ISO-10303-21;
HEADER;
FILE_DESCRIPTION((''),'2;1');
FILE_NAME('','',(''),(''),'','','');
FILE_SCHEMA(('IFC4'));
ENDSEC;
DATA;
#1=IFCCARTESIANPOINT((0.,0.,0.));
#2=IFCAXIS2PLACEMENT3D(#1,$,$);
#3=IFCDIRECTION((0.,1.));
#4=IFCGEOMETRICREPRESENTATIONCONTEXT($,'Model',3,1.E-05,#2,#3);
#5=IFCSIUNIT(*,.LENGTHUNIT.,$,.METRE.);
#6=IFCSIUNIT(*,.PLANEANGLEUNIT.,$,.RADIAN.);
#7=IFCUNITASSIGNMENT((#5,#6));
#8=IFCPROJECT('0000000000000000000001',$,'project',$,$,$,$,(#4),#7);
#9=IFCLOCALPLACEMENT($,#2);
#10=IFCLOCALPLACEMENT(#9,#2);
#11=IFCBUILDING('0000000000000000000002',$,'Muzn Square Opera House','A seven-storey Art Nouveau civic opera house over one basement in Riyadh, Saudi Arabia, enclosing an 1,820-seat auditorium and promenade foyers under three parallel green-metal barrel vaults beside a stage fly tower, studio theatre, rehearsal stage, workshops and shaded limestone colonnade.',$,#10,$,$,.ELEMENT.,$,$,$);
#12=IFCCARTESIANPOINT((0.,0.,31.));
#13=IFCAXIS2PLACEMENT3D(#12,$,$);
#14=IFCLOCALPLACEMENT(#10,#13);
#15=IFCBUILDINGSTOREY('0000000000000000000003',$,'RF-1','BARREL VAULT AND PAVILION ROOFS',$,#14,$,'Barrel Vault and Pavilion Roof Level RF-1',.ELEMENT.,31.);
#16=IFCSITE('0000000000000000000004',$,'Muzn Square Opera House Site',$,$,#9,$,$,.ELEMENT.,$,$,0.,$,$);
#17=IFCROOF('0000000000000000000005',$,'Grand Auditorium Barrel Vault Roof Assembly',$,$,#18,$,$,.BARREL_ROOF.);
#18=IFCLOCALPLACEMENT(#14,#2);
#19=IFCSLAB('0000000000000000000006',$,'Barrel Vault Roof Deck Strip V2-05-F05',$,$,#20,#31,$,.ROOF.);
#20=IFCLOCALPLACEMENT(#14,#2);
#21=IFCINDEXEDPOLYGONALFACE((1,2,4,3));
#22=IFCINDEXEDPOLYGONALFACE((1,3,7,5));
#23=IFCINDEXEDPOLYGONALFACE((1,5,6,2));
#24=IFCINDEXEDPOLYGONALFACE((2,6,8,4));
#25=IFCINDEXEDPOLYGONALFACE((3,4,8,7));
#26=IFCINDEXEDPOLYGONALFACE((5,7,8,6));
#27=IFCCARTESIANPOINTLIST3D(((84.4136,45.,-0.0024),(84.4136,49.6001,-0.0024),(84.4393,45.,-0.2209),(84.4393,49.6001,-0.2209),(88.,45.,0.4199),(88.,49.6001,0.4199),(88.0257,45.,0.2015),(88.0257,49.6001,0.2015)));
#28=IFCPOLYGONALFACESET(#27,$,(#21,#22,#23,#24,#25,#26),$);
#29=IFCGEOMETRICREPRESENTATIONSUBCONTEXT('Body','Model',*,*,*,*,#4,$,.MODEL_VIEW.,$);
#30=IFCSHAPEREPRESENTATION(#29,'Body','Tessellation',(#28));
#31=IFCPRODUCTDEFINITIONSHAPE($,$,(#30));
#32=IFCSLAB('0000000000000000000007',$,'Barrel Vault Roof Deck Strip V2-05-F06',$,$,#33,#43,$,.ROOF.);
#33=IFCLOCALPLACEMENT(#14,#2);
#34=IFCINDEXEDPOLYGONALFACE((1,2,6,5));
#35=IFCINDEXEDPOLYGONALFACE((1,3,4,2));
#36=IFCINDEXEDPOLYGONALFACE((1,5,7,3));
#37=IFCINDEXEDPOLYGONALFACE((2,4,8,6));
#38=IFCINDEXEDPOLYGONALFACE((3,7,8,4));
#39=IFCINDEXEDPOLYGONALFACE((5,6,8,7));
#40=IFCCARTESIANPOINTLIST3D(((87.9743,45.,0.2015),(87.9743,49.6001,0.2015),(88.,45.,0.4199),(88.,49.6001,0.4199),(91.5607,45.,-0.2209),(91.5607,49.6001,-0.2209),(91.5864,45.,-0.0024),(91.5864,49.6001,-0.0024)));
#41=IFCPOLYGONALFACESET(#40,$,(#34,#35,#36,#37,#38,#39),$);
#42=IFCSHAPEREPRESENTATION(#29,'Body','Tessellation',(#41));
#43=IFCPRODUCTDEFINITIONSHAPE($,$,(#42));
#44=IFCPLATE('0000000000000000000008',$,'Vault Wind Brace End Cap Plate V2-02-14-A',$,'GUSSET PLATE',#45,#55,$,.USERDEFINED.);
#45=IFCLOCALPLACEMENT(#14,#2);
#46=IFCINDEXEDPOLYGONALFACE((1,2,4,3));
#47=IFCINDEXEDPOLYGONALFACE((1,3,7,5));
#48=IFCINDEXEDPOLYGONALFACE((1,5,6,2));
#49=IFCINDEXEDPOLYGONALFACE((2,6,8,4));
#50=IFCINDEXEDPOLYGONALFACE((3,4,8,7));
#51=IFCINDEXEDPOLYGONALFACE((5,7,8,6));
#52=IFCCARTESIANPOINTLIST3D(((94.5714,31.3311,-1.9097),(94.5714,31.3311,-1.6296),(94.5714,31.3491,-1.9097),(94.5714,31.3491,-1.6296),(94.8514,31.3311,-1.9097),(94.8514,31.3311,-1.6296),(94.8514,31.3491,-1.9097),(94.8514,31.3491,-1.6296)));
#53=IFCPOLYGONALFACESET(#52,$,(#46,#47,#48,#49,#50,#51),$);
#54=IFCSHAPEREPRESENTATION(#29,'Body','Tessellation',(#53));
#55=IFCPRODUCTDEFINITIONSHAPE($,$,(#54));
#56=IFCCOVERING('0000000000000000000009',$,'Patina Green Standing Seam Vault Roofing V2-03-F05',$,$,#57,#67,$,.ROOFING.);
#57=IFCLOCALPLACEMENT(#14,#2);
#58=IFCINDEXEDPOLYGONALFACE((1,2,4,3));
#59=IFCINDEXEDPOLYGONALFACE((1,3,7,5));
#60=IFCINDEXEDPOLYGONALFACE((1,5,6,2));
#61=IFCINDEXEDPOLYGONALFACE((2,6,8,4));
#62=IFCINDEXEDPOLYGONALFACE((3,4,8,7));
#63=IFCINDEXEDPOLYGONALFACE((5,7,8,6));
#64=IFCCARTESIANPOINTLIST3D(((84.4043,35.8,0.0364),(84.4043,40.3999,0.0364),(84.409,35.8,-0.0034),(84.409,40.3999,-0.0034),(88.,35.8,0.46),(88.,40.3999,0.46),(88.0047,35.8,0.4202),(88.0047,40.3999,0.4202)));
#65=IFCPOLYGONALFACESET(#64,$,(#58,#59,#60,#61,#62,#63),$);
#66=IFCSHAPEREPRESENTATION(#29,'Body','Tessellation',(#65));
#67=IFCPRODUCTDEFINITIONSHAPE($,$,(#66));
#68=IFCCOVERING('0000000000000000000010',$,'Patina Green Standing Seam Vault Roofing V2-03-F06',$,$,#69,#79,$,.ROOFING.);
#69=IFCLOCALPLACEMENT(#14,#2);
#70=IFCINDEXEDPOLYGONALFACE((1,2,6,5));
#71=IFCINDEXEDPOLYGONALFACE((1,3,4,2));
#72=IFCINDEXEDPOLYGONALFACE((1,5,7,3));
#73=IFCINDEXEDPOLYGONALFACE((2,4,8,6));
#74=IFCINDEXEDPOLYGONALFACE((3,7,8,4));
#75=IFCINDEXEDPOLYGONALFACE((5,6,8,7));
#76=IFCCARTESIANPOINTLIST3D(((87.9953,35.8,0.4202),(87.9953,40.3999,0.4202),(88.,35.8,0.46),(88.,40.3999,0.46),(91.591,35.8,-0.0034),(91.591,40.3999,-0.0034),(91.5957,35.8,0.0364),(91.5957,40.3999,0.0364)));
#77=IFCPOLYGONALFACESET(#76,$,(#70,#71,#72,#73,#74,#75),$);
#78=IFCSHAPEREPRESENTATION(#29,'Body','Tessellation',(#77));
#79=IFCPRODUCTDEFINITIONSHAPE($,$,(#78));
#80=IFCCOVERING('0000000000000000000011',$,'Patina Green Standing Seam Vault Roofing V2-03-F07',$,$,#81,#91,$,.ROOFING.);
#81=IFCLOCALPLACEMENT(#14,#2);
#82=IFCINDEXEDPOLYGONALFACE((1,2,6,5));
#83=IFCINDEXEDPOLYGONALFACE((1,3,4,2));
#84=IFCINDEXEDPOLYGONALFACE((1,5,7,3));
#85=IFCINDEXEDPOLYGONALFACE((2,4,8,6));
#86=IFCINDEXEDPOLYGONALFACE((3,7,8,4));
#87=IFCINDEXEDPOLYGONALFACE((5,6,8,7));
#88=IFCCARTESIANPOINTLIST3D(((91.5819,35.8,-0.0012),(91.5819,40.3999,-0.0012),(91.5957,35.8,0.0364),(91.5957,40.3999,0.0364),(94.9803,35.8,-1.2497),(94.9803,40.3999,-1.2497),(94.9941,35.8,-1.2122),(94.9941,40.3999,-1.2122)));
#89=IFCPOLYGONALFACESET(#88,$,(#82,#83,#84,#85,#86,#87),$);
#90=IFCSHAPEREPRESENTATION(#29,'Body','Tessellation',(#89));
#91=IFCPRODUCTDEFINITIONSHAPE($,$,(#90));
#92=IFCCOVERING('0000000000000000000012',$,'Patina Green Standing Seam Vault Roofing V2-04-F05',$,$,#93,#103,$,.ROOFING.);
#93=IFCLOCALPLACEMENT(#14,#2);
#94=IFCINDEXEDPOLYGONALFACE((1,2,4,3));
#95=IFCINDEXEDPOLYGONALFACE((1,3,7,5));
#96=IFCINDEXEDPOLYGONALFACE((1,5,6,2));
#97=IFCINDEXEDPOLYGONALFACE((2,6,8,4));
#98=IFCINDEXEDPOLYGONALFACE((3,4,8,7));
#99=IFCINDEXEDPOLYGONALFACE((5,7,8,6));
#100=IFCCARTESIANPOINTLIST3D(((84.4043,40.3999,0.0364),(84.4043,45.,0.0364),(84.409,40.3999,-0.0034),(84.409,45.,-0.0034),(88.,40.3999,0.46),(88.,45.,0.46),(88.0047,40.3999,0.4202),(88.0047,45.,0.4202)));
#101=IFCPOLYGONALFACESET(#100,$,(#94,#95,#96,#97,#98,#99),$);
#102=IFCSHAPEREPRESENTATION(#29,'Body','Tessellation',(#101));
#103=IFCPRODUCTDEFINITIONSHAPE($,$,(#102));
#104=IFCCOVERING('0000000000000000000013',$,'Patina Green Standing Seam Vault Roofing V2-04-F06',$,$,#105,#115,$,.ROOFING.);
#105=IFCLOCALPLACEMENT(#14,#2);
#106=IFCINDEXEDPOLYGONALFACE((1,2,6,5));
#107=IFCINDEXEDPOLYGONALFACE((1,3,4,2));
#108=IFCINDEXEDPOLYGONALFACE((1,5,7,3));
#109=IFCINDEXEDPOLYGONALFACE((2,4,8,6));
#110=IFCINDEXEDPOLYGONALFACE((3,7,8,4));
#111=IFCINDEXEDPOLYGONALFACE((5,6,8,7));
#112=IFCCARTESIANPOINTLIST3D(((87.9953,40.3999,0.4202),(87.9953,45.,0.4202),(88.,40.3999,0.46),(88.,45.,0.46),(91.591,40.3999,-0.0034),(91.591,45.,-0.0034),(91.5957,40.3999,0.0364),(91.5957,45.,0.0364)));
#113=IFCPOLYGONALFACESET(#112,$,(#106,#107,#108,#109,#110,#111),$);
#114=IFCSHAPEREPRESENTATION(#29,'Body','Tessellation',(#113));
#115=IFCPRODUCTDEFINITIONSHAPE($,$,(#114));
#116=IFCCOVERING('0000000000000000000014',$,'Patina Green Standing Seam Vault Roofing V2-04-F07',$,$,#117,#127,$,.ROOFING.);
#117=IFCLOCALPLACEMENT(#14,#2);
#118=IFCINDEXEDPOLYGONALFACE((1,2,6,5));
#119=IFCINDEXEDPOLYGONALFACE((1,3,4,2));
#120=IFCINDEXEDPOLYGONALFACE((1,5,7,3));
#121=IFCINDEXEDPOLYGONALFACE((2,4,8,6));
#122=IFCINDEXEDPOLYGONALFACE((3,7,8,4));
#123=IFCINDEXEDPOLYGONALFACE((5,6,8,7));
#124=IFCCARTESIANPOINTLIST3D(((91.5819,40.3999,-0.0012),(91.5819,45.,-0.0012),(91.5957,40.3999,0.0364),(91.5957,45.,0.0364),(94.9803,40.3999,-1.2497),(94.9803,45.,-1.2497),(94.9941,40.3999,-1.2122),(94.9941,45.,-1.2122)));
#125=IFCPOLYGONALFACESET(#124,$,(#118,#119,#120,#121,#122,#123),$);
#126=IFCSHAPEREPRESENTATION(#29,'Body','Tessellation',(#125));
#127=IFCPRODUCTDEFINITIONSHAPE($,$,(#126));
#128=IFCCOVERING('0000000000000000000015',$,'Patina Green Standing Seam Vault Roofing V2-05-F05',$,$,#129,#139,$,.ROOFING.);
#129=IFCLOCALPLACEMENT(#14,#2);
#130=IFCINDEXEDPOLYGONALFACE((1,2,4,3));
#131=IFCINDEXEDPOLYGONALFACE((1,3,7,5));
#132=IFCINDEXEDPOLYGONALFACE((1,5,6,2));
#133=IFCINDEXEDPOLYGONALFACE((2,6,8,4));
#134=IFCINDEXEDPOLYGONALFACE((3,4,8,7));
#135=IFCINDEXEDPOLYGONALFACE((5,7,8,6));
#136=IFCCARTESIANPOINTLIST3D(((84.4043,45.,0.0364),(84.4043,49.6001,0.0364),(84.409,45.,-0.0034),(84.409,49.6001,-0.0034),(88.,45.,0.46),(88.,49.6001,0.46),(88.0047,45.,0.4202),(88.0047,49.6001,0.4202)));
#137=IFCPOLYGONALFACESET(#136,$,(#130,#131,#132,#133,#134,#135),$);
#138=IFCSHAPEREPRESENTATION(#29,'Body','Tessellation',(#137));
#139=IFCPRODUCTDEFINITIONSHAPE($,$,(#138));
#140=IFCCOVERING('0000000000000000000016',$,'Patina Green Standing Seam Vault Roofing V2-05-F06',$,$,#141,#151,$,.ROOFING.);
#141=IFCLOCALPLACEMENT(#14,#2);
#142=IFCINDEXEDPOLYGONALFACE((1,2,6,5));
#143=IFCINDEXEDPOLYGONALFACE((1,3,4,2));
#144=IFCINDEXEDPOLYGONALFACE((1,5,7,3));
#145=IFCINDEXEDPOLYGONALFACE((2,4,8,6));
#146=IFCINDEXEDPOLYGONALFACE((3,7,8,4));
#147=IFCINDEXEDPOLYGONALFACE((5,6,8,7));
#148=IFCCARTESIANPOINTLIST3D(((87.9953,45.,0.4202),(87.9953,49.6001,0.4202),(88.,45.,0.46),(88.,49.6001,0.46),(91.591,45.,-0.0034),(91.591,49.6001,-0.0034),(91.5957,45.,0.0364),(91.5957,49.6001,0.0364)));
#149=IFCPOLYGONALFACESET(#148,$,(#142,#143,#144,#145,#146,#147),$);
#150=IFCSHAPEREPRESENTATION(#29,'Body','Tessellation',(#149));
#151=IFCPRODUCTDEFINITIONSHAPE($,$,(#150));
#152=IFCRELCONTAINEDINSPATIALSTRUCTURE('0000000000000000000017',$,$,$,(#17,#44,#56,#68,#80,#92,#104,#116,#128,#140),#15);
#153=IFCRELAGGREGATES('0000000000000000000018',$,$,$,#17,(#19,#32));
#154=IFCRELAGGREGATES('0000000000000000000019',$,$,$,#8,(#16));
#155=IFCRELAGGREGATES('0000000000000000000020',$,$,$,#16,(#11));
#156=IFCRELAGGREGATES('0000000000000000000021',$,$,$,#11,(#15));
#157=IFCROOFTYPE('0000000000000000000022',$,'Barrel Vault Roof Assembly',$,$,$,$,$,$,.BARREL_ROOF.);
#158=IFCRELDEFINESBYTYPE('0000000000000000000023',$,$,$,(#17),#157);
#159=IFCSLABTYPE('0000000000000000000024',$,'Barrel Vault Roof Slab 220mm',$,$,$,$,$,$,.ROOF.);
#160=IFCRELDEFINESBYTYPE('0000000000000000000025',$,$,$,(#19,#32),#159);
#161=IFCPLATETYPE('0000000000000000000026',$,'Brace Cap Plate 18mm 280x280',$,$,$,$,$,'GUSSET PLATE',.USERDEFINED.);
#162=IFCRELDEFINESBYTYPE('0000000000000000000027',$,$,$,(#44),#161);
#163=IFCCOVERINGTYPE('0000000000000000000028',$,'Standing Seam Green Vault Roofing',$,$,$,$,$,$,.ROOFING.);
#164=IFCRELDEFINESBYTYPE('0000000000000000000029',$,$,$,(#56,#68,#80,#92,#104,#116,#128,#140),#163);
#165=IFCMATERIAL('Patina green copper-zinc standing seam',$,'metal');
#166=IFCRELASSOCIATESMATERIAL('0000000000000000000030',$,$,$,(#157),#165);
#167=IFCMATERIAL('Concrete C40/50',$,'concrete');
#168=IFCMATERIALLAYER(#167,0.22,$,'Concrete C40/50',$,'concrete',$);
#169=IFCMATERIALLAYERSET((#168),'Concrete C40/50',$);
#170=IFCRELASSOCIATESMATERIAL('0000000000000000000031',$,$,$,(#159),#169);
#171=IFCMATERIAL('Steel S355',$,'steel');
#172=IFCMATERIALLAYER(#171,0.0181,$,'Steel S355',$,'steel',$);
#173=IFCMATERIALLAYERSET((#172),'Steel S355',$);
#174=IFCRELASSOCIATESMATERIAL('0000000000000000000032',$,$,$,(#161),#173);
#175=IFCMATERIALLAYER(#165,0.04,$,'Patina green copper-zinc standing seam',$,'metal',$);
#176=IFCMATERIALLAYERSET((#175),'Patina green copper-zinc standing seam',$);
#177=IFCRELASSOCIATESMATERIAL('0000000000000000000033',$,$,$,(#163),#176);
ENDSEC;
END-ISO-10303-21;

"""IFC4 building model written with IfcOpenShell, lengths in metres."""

from ifc_helpers import new_model, si_unit, direction, frame, origin, origin_2d, place, context, subcontext, project, spatial, polyline, rectangle, outline, extrude, material, layer, layer_set, type_object, element, aggregate, save


model = new_model("IFC4")

# Units and contexts
model_context = context("Model", 3, precision=1e-05, world=origin(), true_north=direction((0.0, 1.0)))
body_context = subcontext(model_context, "Body", "Model", "MODEL_VIEW")
ifc_project = project(units=[si_unit("LENGTHUNIT", "METRE"), si_unit("PLANEANGLEUNIT", "RADIAN")], contexts=[model_context])

# Site, building, storey
site_placement = place(None, origin())
site = spatial("IfcSite", under=ifc_project, at=site_placement, Name="Muzn Square Opera House Site", CompositionType="ELEMENT", RefElevation=0.0)
building_placement = place(site_placement, origin())
building = spatial("IfcBuilding", under=site, at=building_placement, Name="Muzn Square Opera House", Description="A seven-storey Art Nouveau civic opera house over one basement in Riyadh, Saudi Arabia, enclosing an 1,820-seat auditorium and promenade foyers under three parallel green-metal barrel vaults beside a stage fly tower, studio theatre, rehearsal stage, workshops and shaded limestone colonnade.", CompositionType="ELEMENT")
storey_placement = place(building_placement, frame((0.0, 0.0, 31.0)))
storey = spatial("IfcBuildingStorey", under=building, at=storey_placement, Name="RF-1", Description="BARREL VAULT AND PAVILION ROOFS", LongName="Barrel Vault and Pavilion Roof Level RF-1", CompositionType="ELEMENT", Elevation=31.0)

# Shared definitions
ifc_material_1 = material(Name="Steel S355", Category="steel")

# Roof, slabs
ifc_material_2 = material(Name="Patina green copper-zinc standing seam", Category="metal")
roof_type = type_object("IfcRoofType", Name="Barrel Vault Roof Assembly", PredefinedType="BARREL_ROOF", material=ifc_material_2)
roof_placement = place(storey_placement, origin())
roof = element("IfcRoof", 1, at=roof_placement, inside=storey, type_object=roof_type, Name="Grand Auditorium Barrel Vault Roof Assembly", PredefinedType="BARREL_ROOF")
ifc_material_3 = material(Name="Concrete C40/50", Category="concrete")
ifc_layer_1 = layer(ifc_material_3, 0.22, Name="Concrete C40/50", Category="concrete")
ifc_layer_set_1 = layer_set([ifc_layer_1], Name="Concrete C40/50")
slab_type = type_object("IfcSlabType", Name="Barrel Vault Roof Slab 220mm", PredefinedType="ROOF", material=ifc_layer_set_1)
slab_1_placement = place(storey_placement, frame((88.0, 45.0, 0.4199), z_axis=(-0.116959, 0.0, 0.993137), x_axis=(0.0, 1.0, 0.0)))
slab_1 = element("IfcSlab", 2, at=slab_1_placement, type_object=slab_type, Name="Barrel Vault Roof Deck Strip V2-05-F05", PredefinedType="ROOF", context=body_context, shape_type="SweptSolid", body=[
    extrude(outline(polyline([(0.0, 3.6112), (0.0, 0.0), (4.6001, 0.0), (4.6001, 3.6112), (0.0, 3.6112)])), origin(), (0.0, 0.0, -1.0), 0.22),
])
slab_2_placement = place(storey_placement, frame((88.0, 45.0, 0.4199), z_axis=(0.116959, 0.0, 0.993137), x_axis=(0.993137, 0.0, -0.116959)))
slab_2 = element("IfcSlab", 3, at=slab_2_placement, type_object=slab_type, Name="Barrel Vault Roof Deck Strip V2-05-F06", PredefinedType="ROOF", context=body_context, shape_type="SweptSolid", body=[
    extrude(outline(polyline([(0.0, 0.0), (3.6112, 0.0), (3.6112, 4.6001), (0.0, 4.6001), (0.0, 0.0)])), origin(), (0.0, 0.0, -1.0), 0.22),
])
aggregate(roof, [slab_1, slab_2])

# Plate
ifc_layer_2 = layer(ifc_material_1, 0.0181, Name="Steel S355", Category="steel")
ifc_layer_set_2 = layer_set([ifc_layer_2], Name="Steel S355")
plate_type = type_object("IfcPlateType", Name="Brace Cap Plate 18mm 280x280", ElementType="GUSSET PLATE", PredefinedType="USERDEFINED", material=ifc_layer_set_2)
plate_placement = place(storey_placement, frame((94.7114, 31.3401, -1.9097), z_axis=(0.0, 0.0, 1.0), x_axis=(1.0, 0.0, 0.0)))
element("IfcPlate", 4, at=plate_placement, inside=storey, type_object=plate_type, Name="Vault Wind Brace End Cap Plate V2-02-14-A", ObjectType="GUSSET PLATE", PredefinedType="USERDEFINED", context=body_context, shape_type="SweptSolid", body=[
    extrude(rectangle(XDim=0.28, YDim=0.0181, at=origin_2d()), origin(), (0.0, 0.0, 1.0), 0.28),
])

# Coverings
ifc_layer_3 = layer(ifc_material_2, 0.04, Name="Patina green copper-zinc standing seam", Category="metal")
ifc_layer_set_3 = layer_set([ifc_layer_3], Name="Patina green copper-zinc standing seam")
covering_type = type_object("IfcCoveringType", Name="Standing Seam Green Vault Roofing", PredefinedType="ROOFING", material=ifc_layer_set_3)
covering_1_placement = place(storey_placement, frame((88.0, 35.8, 0.46), z_axis=(-0.116994, 0.0, 0.993133), x_axis=(0.0, 1.0, 0.0)))
element("IfcCovering", 5, at=covering_1_placement, inside=storey, type_object=covering_type, Name="Patina Green Standing Seam Vault Roofing V2-03-F05", PredefinedType="ROOFING", context=body_context, shape_type="SweptSolid", body=[
    extrude(outline(polyline([(0.0, 3.6206), (0.0, 0.0), (4.5999, 0.0), (4.5999, 3.6206), (0.0, 3.6206)])), origin(), (0.0, 0.0, -1.0), 0.04),
])
covering_2_placement = place(storey_placement, frame((88.0, 35.8, 0.46), z_axis=(0.116994, 0.0, 0.993133), x_axis=(0.993133, 0.0, -0.116994)))
element("IfcCovering", 6, at=covering_2_placement, inside=storey, type_object=covering_type, Name="Patina Green Standing Seam Vault Roofing V2-03-F06", PredefinedType="ROOFING", context=body_context, shape_type="SweptSolid", body=[
    extrude(outline(polyline([(0.0, 0.0), (3.6206, 0.0), (3.6206, 4.5999), (0.0, 4.5999), (0.0, 0.0)])), origin(), (0.0, 0.0, -1.0), 0.04),
])
covering_3_placement = place(storey_placement, frame((91.5957, 35.8, 0.0364), z_axis=(0.344849, 0.0, 0.938658), x_axis=(0.938658, 0.0, -0.344849)))
element("IfcCovering", 7, at=covering_3_placement, inside=storey, type_object=covering_type, Name="Patina Green Standing Seam Vault Roofing V2-03-F07", PredefinedType="ROOFING", context=body_context, shape_type="SweptSolid", body=[
    extrude(outline(polyline([(0.0, 0.0), (3.6205, 0.0), (3.6205, 4.5999), (0.0, 4.5999), (0.0, 0.0)])), origin(), (0.0, 0.0, -1.0), 0.04),
])
covering_4_placement = place(storey_placement, frame((88.0, 40.3999, 0.46), z_axis=(-0.116994, 0.0, 0.993133), x_axis=(0.0, 1.0, 0.0)))
element("IfcCovering", 8, at=covering_4_placement, inside=storey, type_object=covering_type, Name="Patina Green Standing Seam Vault Roofing V2-04-F05", PredefinedType="ROOFING", context=body_context, shape_type="SweptSolid", body=[
    extrude(outline(polyline([(0.0, 3.6206), (0.0, 0.0), (4.6001, 0.0), (4.6001, 3.6206), (0.0, 3.6206)])), origin(), (0.0, 0.0, -1.0), 0.04),
])
covering_5_placement = place(storey_placement, frame((88.0, 40.3999, 0.46), z_axis=(0.116994, 0.0, 0.993133), x_axis=(0.993133, 0.0, -0.116994)))
element("IfcCovering", 9, at=covering_5_placement, inside=storey, type_object=covering_type, Name="Patina Green Standing Seam Vault Roofing V2-04-F06", PredefinedType="ROOFING", context=body_context, shape_type="SweptSolid", body=[
    extrude(outline(polyline([(0.0, 0.0), (3.6206, 0.0), (3.6206, 4.6001), (0.0, 4.6001), (0.0, 0.0)])), origin(), (0.0, 0.0, -1.0), 0.04),
])
covering_6_placement = place(storey_placement, frame((91.5957, 40.3999, 0.0364), z_axis=(0.344849, 0.0, 0.938658), x_axis=(0.938658, 0.0, -0.344849)))
element("IfcCovering", 10, at=covering_6_placement, inside=storey, type_object=covering_type, Name="Patina Green Standing Seam Vault Roofing V2-04-F07", PredefinedType="ROOFING", context=body_context, shape_type="SweptSolid", body=[
    extrude(outline(polyline([(0.0, 0.0), (3.6205, 0.0), (3.6205, 4.6001), (0.0, 4.6001), (0.0, 0.0)])), origin(), (0.0, 0.0, -1.0), 0.04),
])
covering_7_placement = place(storey_placement, frame((88.0, 45.0, 0.46), z_axis=(-0.116994, 0.0, 0.993133), x_axis=(0.0, 1.0, 0.0)))
element("IfcCovering", 11, at=covering_7_placement, inside=storey, type_object=covering_type, Name="Patina Green Standing Seam Vault Roofing V2-05-F05", PredefinedType="ROOFING", context=body_context, shape_type="SweptSolid", body=[
    extrude(outline(polyline([(0.0, 3.6206), (0.0, 0.0), (4.6001, 0.0), (4.6001, 3.6206), (0.0, 3.6206)])), origin(), (0.0, 0.0, -1.0), 0.04),
])
covering_8_placement = place(storey_placement, frame((88.0, 45.0, 0.46), z_axis=(0.116994, 0.0, 0.993133), x_axis=(0.993133, 0.0, -0.116994)))
element("IfcCovering", 12, at=covering_8_placement, inside=storey, type_object=covering_type, Name="Patina Green Standing Seam Vault Roofing V2-05-F06", PredefinedType="ROOFING", context=body_context, shape_type="SweptSolid", body=[
    extrude(outline(polyline([(0.0, 0.0), (3.6206, 0.0), (3.6206, 4.6001), (0.0, 4.6001), (0.0, 0.0)])), origin(), (0.0, 0.0, -1.0), 0.04),
])

save(model, "model.ifc")
